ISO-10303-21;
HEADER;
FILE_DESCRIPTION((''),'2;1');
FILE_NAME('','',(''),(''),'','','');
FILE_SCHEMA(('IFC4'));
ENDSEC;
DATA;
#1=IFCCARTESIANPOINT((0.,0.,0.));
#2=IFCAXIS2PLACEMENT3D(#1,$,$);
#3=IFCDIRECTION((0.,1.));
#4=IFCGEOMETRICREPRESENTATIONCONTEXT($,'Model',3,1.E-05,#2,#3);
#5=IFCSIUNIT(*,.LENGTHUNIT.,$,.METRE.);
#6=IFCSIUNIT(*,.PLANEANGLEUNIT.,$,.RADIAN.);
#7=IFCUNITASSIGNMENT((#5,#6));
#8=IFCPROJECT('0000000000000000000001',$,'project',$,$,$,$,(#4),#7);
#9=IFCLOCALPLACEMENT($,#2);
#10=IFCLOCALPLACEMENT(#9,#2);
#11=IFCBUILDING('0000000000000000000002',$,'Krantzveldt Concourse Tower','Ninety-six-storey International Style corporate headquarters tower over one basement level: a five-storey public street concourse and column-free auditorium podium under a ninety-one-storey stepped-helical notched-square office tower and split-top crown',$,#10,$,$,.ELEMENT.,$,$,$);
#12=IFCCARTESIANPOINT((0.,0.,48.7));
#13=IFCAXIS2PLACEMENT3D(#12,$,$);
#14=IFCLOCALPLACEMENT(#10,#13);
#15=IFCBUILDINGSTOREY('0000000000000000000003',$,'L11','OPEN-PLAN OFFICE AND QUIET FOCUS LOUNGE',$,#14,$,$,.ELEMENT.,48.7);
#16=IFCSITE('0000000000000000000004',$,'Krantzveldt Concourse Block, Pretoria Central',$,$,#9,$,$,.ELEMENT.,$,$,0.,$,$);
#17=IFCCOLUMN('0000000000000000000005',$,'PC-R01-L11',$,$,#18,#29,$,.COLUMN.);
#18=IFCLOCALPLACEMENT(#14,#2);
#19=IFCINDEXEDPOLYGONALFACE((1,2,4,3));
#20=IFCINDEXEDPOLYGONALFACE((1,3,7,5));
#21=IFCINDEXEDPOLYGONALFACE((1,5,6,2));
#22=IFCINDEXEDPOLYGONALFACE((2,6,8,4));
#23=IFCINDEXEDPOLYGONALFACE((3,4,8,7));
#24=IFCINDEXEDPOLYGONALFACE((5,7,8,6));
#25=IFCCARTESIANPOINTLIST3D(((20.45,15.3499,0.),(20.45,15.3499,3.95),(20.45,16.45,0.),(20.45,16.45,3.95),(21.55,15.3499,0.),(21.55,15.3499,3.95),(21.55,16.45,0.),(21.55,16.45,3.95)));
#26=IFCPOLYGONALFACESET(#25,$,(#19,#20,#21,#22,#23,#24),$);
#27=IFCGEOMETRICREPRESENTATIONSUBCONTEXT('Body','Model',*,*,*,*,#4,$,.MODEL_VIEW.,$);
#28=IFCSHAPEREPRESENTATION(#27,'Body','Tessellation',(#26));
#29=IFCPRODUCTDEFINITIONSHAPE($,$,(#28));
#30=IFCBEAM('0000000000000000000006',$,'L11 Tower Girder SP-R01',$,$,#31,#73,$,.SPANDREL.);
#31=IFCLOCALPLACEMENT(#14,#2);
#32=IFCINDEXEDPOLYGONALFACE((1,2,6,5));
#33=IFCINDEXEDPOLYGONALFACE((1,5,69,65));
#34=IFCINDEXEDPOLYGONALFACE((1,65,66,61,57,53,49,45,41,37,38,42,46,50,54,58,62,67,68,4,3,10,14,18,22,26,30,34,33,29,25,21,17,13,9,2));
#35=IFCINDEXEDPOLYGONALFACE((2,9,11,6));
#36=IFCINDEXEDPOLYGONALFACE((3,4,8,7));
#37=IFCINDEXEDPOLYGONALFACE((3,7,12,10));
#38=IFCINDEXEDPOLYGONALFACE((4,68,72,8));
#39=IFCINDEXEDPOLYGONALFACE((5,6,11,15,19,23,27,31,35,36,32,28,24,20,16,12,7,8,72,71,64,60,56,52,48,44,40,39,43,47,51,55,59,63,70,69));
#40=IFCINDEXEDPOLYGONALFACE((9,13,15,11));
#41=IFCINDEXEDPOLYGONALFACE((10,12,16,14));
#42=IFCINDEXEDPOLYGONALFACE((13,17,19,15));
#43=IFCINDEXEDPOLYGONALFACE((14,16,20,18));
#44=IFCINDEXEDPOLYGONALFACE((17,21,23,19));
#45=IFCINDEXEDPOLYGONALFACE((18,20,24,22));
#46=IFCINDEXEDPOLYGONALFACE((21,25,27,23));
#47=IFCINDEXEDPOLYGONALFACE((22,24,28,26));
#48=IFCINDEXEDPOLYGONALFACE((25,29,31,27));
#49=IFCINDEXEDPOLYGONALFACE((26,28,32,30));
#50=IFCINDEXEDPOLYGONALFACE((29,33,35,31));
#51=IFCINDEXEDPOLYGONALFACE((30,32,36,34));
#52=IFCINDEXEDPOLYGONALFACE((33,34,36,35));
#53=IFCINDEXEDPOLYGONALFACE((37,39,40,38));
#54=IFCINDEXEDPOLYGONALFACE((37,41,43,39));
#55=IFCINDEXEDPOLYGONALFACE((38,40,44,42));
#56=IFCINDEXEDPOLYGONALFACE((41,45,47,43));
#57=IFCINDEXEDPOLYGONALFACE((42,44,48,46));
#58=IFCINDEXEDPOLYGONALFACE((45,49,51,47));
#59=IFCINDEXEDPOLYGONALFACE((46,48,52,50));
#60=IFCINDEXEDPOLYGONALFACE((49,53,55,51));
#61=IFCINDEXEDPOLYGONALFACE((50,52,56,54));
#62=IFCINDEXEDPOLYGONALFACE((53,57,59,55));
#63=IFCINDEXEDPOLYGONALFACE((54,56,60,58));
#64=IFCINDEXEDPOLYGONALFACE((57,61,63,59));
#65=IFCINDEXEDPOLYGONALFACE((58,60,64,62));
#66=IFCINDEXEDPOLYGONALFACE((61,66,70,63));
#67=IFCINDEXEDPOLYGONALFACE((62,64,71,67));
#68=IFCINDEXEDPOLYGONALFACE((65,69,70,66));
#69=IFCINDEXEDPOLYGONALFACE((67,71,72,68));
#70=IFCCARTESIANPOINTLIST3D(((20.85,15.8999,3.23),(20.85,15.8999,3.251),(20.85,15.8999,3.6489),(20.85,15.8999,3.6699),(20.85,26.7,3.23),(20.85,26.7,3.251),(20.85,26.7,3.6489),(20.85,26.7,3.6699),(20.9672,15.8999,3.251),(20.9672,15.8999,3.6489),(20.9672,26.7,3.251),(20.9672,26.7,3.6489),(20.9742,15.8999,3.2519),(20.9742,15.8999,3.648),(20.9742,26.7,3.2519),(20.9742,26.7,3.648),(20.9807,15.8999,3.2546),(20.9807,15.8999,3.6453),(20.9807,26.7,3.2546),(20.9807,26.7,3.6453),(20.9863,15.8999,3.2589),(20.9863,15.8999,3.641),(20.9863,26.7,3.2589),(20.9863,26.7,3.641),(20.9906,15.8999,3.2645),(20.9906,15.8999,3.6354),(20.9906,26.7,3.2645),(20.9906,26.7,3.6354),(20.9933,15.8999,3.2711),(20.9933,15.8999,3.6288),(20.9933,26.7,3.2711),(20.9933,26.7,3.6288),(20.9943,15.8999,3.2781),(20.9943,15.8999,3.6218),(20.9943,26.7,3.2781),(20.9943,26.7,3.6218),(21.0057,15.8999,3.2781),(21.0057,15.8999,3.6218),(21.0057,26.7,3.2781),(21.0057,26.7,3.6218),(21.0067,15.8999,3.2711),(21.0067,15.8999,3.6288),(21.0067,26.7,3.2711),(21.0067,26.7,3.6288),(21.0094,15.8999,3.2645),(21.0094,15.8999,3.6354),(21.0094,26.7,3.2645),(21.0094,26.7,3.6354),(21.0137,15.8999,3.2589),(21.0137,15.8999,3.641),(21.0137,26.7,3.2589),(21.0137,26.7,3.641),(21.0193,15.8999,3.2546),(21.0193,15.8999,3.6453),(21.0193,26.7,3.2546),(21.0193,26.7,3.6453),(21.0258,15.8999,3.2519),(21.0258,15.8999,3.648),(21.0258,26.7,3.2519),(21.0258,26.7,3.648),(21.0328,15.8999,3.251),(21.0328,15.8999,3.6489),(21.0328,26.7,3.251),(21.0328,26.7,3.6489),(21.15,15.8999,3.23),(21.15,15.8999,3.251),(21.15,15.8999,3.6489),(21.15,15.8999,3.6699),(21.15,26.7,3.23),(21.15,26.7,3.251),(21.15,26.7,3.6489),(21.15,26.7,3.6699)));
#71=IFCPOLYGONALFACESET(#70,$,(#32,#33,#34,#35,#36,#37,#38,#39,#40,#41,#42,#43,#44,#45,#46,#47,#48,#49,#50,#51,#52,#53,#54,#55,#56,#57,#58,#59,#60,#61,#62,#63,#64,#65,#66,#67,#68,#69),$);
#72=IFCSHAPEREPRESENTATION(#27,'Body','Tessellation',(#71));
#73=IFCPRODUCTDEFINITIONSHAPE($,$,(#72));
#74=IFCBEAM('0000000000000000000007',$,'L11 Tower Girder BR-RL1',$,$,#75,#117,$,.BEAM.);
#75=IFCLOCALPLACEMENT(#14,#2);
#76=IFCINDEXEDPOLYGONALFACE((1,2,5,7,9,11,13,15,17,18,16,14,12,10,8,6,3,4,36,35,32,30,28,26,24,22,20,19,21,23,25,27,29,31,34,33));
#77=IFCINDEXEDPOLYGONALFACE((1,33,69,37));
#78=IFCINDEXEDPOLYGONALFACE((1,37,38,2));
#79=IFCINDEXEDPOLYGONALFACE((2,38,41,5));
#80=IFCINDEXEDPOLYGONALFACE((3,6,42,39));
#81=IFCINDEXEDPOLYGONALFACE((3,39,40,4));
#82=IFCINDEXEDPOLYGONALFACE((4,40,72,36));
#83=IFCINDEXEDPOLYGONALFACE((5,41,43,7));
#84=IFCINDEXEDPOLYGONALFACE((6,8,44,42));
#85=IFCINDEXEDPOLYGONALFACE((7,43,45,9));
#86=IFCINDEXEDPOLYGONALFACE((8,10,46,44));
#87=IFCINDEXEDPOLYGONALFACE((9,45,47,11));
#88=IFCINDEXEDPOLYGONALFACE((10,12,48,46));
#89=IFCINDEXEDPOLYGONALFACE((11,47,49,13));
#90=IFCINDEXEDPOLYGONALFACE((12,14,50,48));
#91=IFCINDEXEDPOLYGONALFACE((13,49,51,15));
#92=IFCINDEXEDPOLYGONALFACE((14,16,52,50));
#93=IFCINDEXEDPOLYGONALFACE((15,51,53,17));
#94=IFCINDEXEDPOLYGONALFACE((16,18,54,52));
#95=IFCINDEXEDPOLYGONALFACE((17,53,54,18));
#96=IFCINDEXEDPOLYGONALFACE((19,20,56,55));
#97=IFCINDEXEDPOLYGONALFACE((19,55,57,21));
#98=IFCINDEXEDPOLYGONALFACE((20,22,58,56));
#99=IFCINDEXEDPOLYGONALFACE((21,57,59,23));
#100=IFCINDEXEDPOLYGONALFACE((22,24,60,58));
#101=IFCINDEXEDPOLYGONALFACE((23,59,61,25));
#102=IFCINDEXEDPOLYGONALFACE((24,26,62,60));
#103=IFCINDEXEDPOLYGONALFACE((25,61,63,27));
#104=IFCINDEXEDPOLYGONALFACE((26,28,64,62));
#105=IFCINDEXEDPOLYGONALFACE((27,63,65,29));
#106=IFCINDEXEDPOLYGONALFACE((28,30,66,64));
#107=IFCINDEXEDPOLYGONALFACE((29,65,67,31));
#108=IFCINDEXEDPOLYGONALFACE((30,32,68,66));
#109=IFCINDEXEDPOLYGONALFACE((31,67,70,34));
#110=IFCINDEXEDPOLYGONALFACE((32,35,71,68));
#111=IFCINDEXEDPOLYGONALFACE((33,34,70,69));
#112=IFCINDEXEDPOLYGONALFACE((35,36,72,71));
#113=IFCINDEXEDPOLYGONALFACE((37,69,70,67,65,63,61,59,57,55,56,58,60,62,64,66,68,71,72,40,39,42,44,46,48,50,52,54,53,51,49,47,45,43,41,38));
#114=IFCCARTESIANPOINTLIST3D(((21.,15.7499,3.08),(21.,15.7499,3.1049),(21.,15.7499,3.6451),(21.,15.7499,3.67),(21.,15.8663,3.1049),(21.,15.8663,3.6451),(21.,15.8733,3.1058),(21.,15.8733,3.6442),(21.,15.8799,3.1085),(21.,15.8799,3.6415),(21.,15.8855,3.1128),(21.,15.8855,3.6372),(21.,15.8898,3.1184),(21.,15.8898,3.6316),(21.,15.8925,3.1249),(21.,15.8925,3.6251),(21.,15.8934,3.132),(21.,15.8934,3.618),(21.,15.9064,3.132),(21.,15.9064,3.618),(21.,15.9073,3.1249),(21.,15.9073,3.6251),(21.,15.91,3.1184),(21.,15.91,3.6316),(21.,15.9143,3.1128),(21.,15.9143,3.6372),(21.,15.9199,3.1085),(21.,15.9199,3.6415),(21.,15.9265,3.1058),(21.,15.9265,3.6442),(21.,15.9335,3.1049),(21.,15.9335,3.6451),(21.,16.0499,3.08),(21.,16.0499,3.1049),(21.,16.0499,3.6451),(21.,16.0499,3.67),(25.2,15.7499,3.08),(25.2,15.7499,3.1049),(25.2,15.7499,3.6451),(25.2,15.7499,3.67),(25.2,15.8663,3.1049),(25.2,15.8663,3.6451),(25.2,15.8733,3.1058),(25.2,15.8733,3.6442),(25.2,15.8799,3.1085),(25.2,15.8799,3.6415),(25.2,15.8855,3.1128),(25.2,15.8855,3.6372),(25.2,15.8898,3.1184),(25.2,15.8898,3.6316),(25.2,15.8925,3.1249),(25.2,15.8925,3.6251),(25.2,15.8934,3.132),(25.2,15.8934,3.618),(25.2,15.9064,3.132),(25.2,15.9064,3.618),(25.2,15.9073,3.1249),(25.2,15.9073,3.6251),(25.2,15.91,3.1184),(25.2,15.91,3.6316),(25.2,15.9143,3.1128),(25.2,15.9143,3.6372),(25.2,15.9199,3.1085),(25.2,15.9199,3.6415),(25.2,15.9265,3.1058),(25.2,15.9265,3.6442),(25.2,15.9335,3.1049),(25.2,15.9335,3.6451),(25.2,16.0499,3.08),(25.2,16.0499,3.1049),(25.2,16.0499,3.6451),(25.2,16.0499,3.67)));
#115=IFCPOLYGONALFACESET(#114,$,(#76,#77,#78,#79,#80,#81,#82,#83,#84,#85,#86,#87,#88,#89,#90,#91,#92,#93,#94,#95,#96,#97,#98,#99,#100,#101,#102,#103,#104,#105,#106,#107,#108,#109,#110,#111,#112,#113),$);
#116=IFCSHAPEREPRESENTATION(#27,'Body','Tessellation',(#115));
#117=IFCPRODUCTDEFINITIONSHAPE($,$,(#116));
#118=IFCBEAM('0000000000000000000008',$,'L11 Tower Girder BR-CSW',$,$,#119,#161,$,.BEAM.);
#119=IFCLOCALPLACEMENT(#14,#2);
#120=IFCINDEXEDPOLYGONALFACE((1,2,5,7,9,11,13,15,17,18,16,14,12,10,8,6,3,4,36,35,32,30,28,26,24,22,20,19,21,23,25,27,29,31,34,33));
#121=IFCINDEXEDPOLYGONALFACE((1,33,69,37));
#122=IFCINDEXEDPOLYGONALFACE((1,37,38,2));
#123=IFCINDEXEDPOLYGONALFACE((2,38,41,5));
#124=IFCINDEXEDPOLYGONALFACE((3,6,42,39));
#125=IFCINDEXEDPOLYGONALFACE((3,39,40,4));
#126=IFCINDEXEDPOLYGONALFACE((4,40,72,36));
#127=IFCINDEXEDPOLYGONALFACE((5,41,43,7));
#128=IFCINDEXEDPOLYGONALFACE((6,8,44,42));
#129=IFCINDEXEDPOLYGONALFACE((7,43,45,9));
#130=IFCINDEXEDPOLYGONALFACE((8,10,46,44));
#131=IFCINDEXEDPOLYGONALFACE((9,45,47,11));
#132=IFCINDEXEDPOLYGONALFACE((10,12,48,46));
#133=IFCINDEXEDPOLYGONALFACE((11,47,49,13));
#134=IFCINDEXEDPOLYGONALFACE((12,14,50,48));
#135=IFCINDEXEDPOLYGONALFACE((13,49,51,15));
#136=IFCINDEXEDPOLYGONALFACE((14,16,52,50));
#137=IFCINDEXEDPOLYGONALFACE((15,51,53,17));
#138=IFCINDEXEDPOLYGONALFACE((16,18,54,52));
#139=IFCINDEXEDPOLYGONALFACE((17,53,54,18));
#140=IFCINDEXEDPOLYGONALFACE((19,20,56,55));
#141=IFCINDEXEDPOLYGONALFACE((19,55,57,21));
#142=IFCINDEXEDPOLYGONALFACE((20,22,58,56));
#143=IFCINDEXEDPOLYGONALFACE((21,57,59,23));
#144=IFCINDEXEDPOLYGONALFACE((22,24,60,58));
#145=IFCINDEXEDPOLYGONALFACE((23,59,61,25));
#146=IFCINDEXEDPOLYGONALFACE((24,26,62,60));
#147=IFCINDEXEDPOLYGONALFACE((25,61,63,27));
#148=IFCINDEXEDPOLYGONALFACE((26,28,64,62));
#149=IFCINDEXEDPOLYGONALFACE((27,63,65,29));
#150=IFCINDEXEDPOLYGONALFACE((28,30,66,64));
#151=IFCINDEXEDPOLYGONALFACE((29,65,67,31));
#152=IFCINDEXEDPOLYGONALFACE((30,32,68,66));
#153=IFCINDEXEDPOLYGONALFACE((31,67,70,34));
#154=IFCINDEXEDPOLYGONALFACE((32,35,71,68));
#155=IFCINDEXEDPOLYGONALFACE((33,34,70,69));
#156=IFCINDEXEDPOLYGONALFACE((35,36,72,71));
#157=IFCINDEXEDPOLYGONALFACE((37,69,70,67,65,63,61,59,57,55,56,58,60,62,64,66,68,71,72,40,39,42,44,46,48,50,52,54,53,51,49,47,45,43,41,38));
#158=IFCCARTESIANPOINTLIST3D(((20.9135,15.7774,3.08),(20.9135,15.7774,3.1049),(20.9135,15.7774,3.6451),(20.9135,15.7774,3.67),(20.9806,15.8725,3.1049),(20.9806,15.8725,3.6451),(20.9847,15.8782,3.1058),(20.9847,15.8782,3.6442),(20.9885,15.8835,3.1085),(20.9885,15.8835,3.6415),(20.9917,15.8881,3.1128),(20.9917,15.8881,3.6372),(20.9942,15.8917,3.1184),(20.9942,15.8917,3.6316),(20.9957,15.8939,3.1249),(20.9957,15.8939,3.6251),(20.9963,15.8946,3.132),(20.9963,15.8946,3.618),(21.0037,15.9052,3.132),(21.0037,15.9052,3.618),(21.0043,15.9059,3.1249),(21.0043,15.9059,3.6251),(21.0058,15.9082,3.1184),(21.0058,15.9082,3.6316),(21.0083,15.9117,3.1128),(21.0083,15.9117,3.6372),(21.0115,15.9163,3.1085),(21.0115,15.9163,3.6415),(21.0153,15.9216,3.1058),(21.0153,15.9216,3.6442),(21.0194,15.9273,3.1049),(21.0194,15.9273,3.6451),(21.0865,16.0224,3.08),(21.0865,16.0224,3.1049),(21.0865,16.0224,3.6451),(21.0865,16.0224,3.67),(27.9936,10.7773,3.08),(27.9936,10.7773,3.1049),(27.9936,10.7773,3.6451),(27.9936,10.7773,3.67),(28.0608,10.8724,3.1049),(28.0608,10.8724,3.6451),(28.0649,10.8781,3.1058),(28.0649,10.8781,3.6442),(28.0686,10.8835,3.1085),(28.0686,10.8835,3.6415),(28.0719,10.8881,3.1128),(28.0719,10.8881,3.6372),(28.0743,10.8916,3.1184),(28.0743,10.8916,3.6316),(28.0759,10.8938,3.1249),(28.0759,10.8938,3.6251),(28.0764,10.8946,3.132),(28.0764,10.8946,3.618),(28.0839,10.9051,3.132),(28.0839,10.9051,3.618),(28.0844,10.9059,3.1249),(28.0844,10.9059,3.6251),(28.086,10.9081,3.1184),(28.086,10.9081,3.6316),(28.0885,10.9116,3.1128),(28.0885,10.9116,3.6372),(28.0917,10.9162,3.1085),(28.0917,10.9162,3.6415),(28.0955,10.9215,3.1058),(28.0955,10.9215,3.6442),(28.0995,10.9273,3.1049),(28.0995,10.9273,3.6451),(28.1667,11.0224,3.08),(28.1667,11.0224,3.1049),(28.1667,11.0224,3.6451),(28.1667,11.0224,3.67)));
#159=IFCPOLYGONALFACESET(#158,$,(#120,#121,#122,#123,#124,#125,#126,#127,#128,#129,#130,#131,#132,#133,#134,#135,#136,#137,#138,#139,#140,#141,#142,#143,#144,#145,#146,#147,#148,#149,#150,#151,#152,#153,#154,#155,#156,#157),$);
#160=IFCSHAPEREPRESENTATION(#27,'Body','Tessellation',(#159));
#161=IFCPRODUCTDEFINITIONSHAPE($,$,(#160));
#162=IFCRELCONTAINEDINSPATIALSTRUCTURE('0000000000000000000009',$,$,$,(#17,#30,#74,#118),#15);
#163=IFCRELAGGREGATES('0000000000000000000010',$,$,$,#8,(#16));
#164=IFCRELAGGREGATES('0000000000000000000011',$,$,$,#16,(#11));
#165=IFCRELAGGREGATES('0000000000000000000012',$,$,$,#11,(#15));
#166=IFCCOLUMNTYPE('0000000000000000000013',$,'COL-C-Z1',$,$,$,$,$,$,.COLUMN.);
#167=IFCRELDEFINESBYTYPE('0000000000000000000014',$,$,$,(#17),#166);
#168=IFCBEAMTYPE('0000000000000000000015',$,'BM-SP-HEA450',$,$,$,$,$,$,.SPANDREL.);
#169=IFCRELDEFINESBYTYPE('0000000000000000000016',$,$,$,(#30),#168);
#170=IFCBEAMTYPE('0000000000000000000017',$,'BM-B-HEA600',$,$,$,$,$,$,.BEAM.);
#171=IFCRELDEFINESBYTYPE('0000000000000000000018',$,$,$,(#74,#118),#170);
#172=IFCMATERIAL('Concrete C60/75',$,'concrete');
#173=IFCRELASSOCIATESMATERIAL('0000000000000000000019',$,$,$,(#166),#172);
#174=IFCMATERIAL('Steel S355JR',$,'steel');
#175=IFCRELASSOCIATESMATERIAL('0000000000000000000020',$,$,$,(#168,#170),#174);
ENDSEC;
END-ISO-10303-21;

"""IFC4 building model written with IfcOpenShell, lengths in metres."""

from ifc_helpers import new_model, si_unit, direction, frame, origin, origin_2d, place, context, subcontext, project, spatial, rectangle, i_section, extrude, source, transform, mapped, material, material_profile, profile_set, type_object, type_shapes, element, save


model = new_model("IFC4")

# Units and contexts
model_context = context("Model", 3, precision=1e-05, world=origin(), true_north=direction((0.0, 1.0)))
body_context = subcontext(model_context, "Body", "Model", "MODEL_VIEW")
ifc_project = project(units=[si_unit("LENGTHUNIT", "METRE"), si_unit("PLANEANGLEUNIT", "RADIAN")], contexts=[model_context])

# Site, building, storey
site_placement = place(None, origin())
site = spatial("IfcSite", under=ifc_project, at=site_placement, Name="Krantzveldt Concourse Block, Pretoria Central", CompositionType="ELEMENT", RefElevation=0.0)
building_placement = place(site_placement, origin())
building = spatial("IfcBuilding", under=site, at=building_placement, Name="Krantzveldt Concourse Tower", Description="Ninety-six-storey International Style corporate headquarters tower over one basement level: a five-storey public street concourse and column-free auditorium podium under a ninety-one-storey stepped-helical notched-square office tower and split-top crown", CompositionType="ELEMENT")
storey_placement = place(building_placement, frame((0.0, 0.0, 48.7)))
storey = spatial("IfcBuildingStorey", under=building, at=storey_placement, Name="L11", Description="OPEN-PLAN OFFICE AND QUIET FOCUS LOUNGE", CompositionType="ELEMENT", Elevation=48.7)

# Column
ifc_material_1 = material(Name="Concrete C60/75", Category="concrete")
ifc_material_profile_1 = material_profile(ifc_material_1, rectangle(XDim=1.1001, YDim=1.1001, at=origin_2d()), Name="Concrete C60/75", Category="concrete")
ifc_profile_set_1 = profile_set([ifc_material_profile_1], Name="Concrete C60/75 - RC 1100x1100")
column_type = type_object("IfcColumnType", Name="COL-C-Z1", PredefinedType="COLUMN", material=ifc_profile_set_1)
shared_shape_1 = source(origin(), body_context, "Body", "SweptSolid", [
    extrude(rectangle(XDim=1.1001, YDim=1.1001, at=origin_2d()), origin(), (0.0, 0.0, 1.0), 3.95),
])
type_shapes(column_type, [shared_shape_1])
column_placement = place(storey_placement, frame((21.0, 15.8999, 0.0), z_axis=(0.0, 0.0, 1.0), x_axis=(1.0, 0.0, 0.0)))
element("IfcColumn", 1, at=column_placement, inside=storey, type_object=column_type, Name="PC-R01-L11", PredefinedType="COLUMN", context=body_context, shape_type="MappedRepresentation", body=[
    mapped(shared_shape_1, transform((0.0, 0.0, 0.0), x_axis=(1.0, 0.0, 0.0), y_axis=(0.0, 1.0, 0.0), z_axis=(0.0, 0.0, 1.0), scale=1.0)),
])

# Beams
ifc_material_2 = material(Name="Steel S355JR", Category="steel")
ifc_material_profile_2 = material_profile(ifc_material_2, i_section(OverallWidth=0.3, OverallDepth=0.4399, WebThickness=0.0115, FlangeThickness=0.021, FilletRadius=0.0271, at=origin_2d()), Name="Steel S355JR", Category="steel")
ifc_profile_set_2 = profile_set([ifc_material_profile_2], Name="Steel S355JR - HEA 450")
beam_type_1 = type_object("IfcBeamType", Name="BM-SP-HEA450", PredefinedType="SPANDREL", material=ifc_profile_set_2)
shared_shape_2 = source(origin(), body_context, "Body", "SweptSolid", [
    extrude(i_section(OverallWidth=0.3, OverallDepth=0.4399, WebThickness=0.0115, FlangeThickness=0.021, FilletRadius=0.0271, at=origin_2d()), origin(), (0.0, 0.0, 1.0), 10.8),
])
type_shapes(beam_type_1, [shared_shape_2])
beam_1_placement = place(storey_placement, frame((21.0, 15.8999, 3.45), z_axis=(0.0, 1.0, 0.0), x_axis=(-1.0, 0.0, 0.0)))
element("IfcBeam", 2, at=beam_1_placement, inside=storey, type_object=beam_type_1, Name="L11 Tower Girder SP-R01", PredefinedType="SPANDREL", context=body_context, shape_type="MappedRepresentation", body=[
    mapped(shared_shape_2, transform((0.0, 0.0, 0.0), x_axis=(1.0, 0.0, 0.0), y_axis=(0.0, 1.0, 0.0), z_axis=(0.0, 0.0, 1.0), scale=1.0)),
])
ifc_material_profile_3 = material_profile(ifc_material_2, i_section(OverallWidth=0.3, OverallDepth=0.5901, WebThickness=0.0129, FlangeThickness=0.0249, FilletRadius=0.0271, at=origin_2d()), Name="Steel S355JR", Category="steel")
ifc_profile_set_3 = profile_set([ifc_material_profile_3], Name="Steel S355JR - HEA 600")
beam_type_2 = type_object("IfcBeamType", Name="BM-B-HEA600", PredefinedType="BEAM", material=ifc_profile_set_3)
shared_shape_3 = source(origin(), body_context, "Body", "SweptSolid", [
    extrude(i_section(OverallWidth=0.3, OverallDepth=0.5901, WebThickness=0.0129, FlangeThickness=0.0249, FilletRadius=0.0271, at=origin_2d()), origin(), (0.0, 0.0, 1.0), 4.2),
])
beam_2_placement = place(storey_placement, frame((21.0, 15.8999, 3.375), z_axis=(1.0, 0.0, 0.0), x_axis=(0.0, 1.0, 0.0)))
element("IfcBeam", 3, at=beam_2_placement, inside=storey, type_object=beam_type_2, Name="L11 Tower Girder BR-RL1", PredefinedType="BEAM", context=body_context, shape_type="MappedRepresentation", body=[
    mapped(shared_shape_3, transform((0.0, 0.0, 0.0), x_axis=(1.0, 0.0, 0.0), y_axis=(0.0, 1.0, 0.0), z_axis=(0.0, 0.0, 1.0), scale=1.0)),
])
shared_shape_4 = source(origin(), body_context, "Body", "SweptSolid", [
    extrude(i_section(OverallWidth=0.3, OverallDepth=0.5901, WebThickness=0.0129, FlangeThickness=0.0249, FilletRadius=0.0271, at=origin_2d()), origin(), (0.0, 0.0, 1.0), 8.6677),
])
type_shapes(beam_type_2, [shared_shape_3, shared_shape_4])
beam_3_placement = place(storey_placement, frame((21.0, 15.8999, 3.375), z_axis=(0.816843, -0.57686, 0.0), x_axis=(0.57686, 0.816843, 0.0)))
element("IfcBeam", 4, at=beam_3_placement, inside=storey, type_object=beam_type_2, Name="L11 Tower Girder BR-CSW", PredefinedType="BEAM", context=body_context, shape_type="MappedRepresentation", body=[
    mapped(shared_shape_4, transform((0.0, 0.0, 0.0), x_axis=(1.0, 0.0, 0.0), y_axis=(0.0, 1.0, 0.0), z_axis=(0.0, 0.0, 1.0), scale=1.0)),
])

save(model, "model.ifc")
